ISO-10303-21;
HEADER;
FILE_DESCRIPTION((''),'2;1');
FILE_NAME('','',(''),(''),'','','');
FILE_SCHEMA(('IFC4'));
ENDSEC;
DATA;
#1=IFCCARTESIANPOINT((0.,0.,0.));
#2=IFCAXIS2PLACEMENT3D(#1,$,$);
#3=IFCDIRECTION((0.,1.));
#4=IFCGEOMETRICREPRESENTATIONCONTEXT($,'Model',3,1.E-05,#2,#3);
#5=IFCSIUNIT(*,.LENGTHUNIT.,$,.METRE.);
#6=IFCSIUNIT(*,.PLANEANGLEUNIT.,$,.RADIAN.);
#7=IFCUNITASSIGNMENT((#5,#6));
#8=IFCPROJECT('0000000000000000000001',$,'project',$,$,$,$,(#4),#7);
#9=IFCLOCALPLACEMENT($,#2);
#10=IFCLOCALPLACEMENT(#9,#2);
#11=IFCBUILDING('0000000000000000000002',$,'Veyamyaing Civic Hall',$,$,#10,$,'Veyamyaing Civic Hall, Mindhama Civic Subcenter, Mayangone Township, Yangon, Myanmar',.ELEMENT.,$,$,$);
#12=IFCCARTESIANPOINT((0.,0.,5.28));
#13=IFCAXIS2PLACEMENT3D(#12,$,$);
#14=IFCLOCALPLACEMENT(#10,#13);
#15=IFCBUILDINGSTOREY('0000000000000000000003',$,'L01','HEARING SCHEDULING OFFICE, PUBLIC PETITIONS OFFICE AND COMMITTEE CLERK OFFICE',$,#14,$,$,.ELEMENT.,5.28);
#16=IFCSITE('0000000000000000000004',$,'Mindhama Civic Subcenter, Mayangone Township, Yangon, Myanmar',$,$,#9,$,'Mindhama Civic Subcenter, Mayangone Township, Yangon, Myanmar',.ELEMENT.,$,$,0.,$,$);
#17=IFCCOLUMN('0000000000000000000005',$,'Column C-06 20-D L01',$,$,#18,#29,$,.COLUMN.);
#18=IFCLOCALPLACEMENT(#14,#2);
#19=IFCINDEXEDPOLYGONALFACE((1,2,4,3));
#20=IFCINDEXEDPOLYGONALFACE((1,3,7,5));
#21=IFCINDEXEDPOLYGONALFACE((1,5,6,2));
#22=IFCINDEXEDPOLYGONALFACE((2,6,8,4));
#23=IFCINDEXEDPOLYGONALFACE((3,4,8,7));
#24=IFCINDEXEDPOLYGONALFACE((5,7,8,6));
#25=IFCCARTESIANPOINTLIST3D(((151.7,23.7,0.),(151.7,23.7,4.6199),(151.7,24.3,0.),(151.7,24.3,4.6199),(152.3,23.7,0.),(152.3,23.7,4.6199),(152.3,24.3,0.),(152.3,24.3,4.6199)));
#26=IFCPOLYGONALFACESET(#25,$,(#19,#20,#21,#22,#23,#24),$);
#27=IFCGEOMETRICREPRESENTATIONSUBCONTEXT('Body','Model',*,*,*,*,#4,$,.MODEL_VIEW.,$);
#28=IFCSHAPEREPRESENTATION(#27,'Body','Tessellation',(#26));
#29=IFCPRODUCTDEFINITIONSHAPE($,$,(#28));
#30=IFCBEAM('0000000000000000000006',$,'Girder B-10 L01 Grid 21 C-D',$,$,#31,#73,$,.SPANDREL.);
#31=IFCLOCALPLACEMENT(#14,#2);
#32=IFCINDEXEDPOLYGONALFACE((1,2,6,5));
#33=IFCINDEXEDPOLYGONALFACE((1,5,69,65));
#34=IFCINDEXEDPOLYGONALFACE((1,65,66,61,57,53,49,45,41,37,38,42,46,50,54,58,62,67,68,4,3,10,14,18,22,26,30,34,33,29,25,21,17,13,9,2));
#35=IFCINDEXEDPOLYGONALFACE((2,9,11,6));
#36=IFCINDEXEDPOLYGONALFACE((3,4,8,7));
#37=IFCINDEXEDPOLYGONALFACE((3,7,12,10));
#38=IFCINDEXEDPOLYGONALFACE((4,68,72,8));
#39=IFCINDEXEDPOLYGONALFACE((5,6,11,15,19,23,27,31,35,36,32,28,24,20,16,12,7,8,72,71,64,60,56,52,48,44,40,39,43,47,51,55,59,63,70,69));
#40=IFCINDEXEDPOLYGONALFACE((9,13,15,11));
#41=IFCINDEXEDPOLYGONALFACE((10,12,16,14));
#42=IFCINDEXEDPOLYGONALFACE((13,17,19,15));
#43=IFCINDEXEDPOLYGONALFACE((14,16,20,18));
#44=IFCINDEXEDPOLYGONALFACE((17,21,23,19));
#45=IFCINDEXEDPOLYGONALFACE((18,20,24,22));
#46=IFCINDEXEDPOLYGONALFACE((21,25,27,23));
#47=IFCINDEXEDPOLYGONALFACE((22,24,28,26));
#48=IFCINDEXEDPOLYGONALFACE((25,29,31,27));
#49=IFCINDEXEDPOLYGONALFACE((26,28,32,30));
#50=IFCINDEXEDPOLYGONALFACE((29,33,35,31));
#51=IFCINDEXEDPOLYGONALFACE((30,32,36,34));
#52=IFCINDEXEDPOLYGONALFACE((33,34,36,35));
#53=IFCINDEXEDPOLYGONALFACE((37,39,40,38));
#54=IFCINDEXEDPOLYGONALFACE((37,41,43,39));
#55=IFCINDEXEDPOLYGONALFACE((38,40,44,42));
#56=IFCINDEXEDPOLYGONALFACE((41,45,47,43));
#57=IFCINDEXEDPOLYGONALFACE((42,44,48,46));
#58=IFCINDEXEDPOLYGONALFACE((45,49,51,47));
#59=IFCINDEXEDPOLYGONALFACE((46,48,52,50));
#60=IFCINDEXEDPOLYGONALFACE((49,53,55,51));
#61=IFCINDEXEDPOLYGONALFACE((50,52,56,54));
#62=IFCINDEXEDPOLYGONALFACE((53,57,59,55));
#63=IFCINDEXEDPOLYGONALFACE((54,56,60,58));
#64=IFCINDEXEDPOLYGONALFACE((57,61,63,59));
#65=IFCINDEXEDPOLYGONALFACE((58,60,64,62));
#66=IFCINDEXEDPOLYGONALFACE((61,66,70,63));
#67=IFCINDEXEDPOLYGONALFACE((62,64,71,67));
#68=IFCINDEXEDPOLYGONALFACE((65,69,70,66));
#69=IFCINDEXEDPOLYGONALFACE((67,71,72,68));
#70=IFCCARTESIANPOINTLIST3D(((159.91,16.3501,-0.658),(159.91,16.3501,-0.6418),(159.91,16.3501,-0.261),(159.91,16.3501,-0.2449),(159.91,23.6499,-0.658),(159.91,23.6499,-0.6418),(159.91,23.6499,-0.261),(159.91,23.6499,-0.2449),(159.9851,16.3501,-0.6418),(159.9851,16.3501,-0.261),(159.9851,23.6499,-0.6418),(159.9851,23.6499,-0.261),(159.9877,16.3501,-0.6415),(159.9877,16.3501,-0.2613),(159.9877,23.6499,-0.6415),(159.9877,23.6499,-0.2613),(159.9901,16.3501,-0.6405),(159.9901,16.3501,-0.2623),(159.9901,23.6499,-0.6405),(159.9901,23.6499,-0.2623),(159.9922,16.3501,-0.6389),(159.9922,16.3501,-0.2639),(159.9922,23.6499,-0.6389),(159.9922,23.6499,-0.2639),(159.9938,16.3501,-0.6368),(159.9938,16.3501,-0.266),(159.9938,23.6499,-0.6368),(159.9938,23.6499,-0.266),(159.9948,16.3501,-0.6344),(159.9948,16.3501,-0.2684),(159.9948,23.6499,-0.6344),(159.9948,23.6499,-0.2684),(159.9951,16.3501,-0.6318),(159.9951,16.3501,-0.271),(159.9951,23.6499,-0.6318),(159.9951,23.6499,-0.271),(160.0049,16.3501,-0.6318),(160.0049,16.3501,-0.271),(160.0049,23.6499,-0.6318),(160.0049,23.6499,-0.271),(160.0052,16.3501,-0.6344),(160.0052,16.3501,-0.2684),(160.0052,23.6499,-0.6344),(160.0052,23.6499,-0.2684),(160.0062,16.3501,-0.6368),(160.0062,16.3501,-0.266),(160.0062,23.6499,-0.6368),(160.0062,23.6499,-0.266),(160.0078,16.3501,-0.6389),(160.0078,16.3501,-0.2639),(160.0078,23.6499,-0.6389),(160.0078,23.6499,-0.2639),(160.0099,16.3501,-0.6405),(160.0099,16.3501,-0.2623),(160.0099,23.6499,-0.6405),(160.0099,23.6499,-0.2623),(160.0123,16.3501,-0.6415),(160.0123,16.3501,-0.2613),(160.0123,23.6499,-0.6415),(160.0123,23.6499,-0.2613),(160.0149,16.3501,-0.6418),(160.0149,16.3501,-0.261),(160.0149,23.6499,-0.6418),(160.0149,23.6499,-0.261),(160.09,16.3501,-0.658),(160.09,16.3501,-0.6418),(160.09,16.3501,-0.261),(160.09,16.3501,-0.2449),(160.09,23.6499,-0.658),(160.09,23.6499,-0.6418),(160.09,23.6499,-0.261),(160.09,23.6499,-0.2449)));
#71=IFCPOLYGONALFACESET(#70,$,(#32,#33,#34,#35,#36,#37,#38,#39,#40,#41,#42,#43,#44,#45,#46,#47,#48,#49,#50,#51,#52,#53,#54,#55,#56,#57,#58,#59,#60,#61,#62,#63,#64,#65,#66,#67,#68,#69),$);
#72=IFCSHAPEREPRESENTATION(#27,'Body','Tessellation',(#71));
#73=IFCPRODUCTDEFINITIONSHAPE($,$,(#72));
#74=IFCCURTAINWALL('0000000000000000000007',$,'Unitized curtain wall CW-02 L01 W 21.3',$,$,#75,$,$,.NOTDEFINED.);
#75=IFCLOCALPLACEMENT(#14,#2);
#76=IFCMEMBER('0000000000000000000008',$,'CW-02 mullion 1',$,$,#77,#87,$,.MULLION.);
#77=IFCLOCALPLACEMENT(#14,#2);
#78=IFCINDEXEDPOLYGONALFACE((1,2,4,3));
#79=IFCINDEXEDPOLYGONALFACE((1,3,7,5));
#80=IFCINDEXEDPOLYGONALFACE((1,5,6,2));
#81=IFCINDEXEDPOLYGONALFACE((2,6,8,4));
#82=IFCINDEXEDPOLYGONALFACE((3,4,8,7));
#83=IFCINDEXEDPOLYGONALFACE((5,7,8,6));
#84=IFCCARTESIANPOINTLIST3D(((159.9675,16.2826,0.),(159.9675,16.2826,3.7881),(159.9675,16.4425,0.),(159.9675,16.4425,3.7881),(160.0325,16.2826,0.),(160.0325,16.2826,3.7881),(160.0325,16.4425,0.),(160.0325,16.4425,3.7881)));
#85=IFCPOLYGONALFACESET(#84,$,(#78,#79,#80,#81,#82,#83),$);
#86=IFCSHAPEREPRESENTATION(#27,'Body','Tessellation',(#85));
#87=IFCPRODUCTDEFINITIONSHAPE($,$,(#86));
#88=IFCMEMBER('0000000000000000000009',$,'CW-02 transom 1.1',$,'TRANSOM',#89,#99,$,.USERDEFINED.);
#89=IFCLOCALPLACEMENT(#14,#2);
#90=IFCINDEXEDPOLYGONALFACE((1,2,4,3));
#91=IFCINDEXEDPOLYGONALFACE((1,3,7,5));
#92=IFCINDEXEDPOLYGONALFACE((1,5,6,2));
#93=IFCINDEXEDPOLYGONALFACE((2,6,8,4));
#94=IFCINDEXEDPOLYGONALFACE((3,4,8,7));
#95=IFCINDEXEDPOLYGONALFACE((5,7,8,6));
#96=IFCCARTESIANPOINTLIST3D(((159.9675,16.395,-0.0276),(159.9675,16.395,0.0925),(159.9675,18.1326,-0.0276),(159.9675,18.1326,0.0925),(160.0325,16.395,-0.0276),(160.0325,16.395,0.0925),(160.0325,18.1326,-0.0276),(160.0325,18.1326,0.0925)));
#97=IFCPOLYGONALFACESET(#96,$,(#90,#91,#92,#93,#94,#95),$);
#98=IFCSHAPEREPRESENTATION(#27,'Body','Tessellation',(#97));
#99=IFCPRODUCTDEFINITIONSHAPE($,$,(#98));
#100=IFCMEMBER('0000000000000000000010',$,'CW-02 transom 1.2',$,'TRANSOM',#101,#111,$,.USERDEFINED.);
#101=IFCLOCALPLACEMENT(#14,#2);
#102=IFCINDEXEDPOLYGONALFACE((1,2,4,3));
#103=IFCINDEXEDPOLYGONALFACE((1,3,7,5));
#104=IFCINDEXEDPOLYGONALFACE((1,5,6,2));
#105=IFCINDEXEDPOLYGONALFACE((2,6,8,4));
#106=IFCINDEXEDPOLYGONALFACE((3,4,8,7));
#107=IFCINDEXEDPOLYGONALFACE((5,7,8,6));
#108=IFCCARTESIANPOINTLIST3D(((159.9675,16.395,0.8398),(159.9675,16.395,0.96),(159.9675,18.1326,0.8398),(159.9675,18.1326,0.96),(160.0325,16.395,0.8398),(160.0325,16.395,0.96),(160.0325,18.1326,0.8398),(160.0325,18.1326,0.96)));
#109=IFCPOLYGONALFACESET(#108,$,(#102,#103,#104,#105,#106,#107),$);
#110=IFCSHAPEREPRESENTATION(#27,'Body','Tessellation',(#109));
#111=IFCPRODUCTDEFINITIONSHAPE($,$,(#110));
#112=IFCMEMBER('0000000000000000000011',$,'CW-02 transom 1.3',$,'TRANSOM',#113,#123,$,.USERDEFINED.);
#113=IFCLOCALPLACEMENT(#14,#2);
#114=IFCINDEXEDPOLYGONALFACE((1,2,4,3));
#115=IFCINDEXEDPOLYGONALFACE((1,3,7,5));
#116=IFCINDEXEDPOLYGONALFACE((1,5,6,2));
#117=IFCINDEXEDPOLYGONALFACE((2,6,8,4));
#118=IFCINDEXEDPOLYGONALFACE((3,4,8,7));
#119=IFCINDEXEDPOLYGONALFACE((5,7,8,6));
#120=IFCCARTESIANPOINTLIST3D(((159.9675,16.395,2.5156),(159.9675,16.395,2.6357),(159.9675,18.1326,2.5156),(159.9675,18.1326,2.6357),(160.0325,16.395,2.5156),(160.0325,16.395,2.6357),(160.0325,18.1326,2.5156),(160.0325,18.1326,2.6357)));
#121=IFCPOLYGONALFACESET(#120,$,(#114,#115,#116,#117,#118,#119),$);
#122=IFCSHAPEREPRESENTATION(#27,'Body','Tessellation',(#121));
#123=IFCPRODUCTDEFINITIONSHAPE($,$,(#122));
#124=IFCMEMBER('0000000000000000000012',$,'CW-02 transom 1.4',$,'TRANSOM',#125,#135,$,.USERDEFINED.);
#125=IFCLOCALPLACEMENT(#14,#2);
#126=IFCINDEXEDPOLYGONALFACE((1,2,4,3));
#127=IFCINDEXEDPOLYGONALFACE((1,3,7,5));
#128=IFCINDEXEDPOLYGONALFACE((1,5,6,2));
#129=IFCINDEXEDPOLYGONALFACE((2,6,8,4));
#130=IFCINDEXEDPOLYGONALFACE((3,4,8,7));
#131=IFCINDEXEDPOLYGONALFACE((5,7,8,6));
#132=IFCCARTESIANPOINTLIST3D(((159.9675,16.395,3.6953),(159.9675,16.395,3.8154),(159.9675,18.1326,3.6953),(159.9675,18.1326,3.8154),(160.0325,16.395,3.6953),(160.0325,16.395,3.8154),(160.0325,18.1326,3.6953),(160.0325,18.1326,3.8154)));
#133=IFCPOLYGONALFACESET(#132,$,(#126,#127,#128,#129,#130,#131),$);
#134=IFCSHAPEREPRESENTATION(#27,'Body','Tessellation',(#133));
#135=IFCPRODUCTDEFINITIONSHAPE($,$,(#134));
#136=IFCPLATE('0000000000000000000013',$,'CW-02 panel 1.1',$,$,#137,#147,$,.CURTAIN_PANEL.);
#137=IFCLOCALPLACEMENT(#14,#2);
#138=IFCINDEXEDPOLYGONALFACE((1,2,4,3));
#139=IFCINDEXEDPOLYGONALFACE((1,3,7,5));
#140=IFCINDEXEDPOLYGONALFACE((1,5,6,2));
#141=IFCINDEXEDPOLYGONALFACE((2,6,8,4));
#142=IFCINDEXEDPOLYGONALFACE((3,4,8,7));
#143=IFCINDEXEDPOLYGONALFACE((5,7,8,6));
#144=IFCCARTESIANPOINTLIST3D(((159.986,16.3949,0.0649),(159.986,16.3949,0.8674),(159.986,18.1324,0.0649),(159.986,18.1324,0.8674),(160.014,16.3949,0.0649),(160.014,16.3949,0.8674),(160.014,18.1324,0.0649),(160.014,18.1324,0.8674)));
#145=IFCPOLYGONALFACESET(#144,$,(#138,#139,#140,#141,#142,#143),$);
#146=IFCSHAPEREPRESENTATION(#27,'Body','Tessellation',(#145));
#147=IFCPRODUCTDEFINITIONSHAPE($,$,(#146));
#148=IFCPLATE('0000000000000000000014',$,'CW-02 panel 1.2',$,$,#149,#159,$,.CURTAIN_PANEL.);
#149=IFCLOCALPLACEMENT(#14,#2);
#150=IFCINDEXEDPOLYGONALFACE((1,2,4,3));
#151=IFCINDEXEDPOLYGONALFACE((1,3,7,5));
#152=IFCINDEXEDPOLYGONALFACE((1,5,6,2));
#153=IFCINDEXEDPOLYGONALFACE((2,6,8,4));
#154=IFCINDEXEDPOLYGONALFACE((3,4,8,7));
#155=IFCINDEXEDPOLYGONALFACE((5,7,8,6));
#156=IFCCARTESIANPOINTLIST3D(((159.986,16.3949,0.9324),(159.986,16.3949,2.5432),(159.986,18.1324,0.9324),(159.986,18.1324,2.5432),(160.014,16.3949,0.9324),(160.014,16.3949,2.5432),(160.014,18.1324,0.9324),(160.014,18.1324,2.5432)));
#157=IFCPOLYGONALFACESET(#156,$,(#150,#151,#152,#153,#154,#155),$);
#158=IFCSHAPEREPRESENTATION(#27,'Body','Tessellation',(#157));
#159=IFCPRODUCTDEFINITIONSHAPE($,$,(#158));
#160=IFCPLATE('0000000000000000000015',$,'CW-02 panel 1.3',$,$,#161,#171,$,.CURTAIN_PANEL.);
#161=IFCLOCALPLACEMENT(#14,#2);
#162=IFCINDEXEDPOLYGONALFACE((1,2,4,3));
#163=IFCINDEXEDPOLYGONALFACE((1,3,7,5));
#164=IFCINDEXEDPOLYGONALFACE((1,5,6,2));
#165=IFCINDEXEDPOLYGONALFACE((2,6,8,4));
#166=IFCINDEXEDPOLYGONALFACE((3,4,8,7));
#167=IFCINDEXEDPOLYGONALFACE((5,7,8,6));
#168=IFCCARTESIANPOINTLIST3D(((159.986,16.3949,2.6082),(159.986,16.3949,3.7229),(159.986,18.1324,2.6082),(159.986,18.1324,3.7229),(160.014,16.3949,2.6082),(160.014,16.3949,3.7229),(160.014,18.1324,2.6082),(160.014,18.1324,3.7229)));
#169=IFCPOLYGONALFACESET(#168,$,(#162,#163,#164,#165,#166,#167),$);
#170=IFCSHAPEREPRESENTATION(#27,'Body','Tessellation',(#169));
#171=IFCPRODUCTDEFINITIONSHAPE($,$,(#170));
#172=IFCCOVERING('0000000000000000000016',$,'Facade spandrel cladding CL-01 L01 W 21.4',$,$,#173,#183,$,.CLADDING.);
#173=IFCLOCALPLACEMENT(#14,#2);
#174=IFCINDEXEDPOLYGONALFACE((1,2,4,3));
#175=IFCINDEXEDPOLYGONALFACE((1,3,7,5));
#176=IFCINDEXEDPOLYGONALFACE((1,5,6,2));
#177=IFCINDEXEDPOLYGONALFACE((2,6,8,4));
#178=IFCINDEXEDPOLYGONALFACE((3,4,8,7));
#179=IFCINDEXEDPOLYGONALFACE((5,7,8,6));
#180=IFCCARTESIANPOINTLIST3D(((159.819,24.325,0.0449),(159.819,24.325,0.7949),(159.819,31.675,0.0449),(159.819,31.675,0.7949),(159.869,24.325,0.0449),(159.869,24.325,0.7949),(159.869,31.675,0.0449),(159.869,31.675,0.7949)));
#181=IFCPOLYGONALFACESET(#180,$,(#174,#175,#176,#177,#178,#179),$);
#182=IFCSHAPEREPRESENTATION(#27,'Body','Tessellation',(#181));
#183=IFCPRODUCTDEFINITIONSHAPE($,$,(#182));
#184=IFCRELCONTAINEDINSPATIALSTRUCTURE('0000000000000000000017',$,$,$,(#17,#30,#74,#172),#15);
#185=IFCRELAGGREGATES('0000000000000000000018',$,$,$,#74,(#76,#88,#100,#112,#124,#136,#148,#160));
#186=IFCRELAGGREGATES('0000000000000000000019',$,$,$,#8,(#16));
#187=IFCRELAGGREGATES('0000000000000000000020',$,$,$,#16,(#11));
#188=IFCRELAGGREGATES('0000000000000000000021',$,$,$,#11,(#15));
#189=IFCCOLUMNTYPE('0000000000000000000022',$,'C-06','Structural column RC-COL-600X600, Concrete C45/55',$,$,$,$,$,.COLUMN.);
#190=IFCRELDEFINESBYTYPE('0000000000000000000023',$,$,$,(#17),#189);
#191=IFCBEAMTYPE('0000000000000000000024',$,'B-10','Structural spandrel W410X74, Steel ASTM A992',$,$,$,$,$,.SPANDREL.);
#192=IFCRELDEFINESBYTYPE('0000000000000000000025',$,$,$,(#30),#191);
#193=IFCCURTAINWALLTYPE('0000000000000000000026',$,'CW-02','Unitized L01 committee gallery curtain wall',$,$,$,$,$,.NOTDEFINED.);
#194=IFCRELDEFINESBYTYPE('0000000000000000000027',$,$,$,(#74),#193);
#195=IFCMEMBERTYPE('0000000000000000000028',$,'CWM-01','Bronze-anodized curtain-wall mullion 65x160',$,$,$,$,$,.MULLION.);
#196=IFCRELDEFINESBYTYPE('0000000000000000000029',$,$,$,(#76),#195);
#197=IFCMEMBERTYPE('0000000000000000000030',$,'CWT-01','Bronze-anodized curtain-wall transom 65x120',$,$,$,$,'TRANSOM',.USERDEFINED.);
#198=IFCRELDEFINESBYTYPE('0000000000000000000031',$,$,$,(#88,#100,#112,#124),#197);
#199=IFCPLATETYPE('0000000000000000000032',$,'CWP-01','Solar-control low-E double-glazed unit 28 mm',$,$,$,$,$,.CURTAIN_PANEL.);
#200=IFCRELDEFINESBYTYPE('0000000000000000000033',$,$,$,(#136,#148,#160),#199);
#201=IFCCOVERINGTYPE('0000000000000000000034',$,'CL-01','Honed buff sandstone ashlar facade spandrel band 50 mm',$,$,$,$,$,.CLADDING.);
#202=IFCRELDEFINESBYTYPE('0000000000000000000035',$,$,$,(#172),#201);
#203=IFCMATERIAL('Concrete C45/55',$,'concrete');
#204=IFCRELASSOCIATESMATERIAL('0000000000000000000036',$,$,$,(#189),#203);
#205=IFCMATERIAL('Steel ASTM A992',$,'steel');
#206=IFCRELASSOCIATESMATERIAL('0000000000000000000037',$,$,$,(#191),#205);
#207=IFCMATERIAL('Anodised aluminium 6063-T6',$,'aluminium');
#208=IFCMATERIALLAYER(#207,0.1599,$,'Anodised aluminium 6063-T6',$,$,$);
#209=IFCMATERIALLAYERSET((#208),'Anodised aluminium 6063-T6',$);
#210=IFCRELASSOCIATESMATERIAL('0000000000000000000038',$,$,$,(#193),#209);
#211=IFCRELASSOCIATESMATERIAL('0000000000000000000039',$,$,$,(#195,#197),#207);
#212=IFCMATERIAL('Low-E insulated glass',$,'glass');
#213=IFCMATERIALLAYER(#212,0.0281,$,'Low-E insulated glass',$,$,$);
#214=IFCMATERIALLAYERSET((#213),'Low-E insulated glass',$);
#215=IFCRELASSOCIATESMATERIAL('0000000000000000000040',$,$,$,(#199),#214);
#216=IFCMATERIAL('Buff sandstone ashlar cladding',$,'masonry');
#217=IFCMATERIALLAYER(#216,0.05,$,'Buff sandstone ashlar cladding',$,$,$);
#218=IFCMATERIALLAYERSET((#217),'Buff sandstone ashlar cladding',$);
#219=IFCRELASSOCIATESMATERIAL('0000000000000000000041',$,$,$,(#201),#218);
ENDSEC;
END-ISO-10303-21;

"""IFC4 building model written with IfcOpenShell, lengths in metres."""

from ifc_helpers import new_model, si_unit, direction, frame, origin, origin_2d, place, context, subcontext, project, spatial, rectangle, i_section, extrude, material, layer, layer_set, material_profile, profile_set, type_object, element, aggregate, save


model = new_model("IFC4")

# Units and contexts
model_context = context("Model", 3, precision=1e-05, world=origin(), true_north=direction((0.0, 1.0)))
body_context = subcontext(model_context, "Body", "Model", "MODEL_VIEW")
ifc_project = project(units=[si_unit("LENGTHUNIT", "METRE"), si_unit("PLANEANGLEUNIT", "RADIAN")], contexts=[model_context])

# Site, building, storey
site_placement = place(None, origin())
site = spatial("IfcSite", under=ifc_project, at=site_placement, Name="Mindhama Civic Subcenter, Mayangone Township, Yangon, Myanmar", LongName="Mindhama Civic Subcenter, Mayangone Township, Yangon, Myanmar", CompositionType="ELEMENT", RefElevation=0.0)
building_placement = place(site_placement, origin())
building = spatial("IfcBuilding", under=site, at=building_placement, Name="Veyamyaing Civic Hall", LongName="Veyamyaing Civic Hall, Mindhama Civic Subcenter, Mayangone Township, Yangon, Myanmar", CompositionType="ELEMENT")
storey_placement = place(building_placement, frame((0.0, 0.0, 5.28)))
storey = spatial("IfcBuildingStorey", under=building, at=storey_placement, Name="L01", Description="HEARING SCHEDULING OFFICE, PUBLIC PETITIONS OFFICE AND COMMITTEE CLERK OFFICE", CompositionType="ELEMENT", Elevation=5.28)

# Column
ifc_material_1 = material(Name="Concrete C45/55", Category="concrete")
ifc_material_profile_1 = material_profile(ifc_material_1, rectangle(XDim=0.6001, YDim=0.6001, at=origin_2d()), Name="RC-COL-600X600")
ifc_profile_set_1 = profile_set([ifc_material_profile_1], Name="Concrete C45/55")
column_type = type_object("IfcColumnType", Name="C-06", Description="Structural column RC-COL-600X600, Concrete C45/55", PredefinedType="COLUMN", material=ifc_profile_set_1)
column_placement = place(storey_placement, frame((152.0, 24.0, 0.0), z_axis=(0.0, 0.0, 1.0), x_axis=(1.0, 0.0, 0.0)))
element("IfcColumn", 1, at=column_placement, inside=storey, type_object=column_type, Name="Column C-06 20-D L01", PredefinedType="COLUMN", context=body_context, shape_type="SweptSolid", body=[
    extrude(rectangle(XDim=0.6001, YDim=0.6001, at=origin_2d()), origin(), (0.0, 0.0, 1.0), 4.6199),
])

# Beam
ifc_material_2 = material(Name="Steel ASTM A992", Category="steel")
ifc_material_profile_2 = material_profile(ifc_material_2, i_section(OverallWidth=0.1799, OverallDepth=0.4131, WebThickness=0.0098, FlangeThickness=0.0161, FilletRadius=0.01, at=origin_2d()), Name="W410X74")
ifc_profile_set_2 = profile_set([ifc_material_profile_2], Name="Steel ASTM A992")
beam_type = type_object("IfcBeamType", Name="B-10", Description="Structural spandrel W410X74, Steel ASTM A992", PredefinedType="SPANDREL", material=ifc_profile_set_2)
beam_placement = place(storey_placement, frame((160.0, 16.3501, -0.4514), z_axis=(0.0, 1.0, 0.0), x_axis=(-1.0, 0.0, 0.0)))
element("IfcBeam", 2, at=beam_placement, inside=storey, type_object=beam_type, Name="Girder B-10 L01 Grid 21 C-D", PredefinedType="SPANDREL", context=body_context, shape_type="SweptSolid", body=[
    extrude(i_section(OverallWidth=0.1799, OverallDepth=0.4131, WebThickness=0.0098, FlangeThickness=0.0161, FilletRadius=0.01, at=origin_2d()), origin(), (0.0, 0.0, 1.0), 7.2998),
])

# Curtain wall, members, plates
ifc_material_3 = material(Name="Anodised aluminium 6063-T6", Category="aluminium")
ifc_layer_1 = layer(ifc_material_3, 0.1599, Name="Anodised aluminium 6063-T6")
ifc_layer_set_1 = layer_set([ifc_layer_1], Name="Anodised aluminium 6063-T6")
curtain_wall_type = type_object("IfcCurtainWallType", Name="CW-02", Description="Unitized L01 committee gallery curtain wall", PredefinedType="NOTDEFINED", material=ifc_layer_set_1)
curtain_wall_placement = place(storey_placement, origin())
curtain_wall = element("IfcCurtainWall", 3, at=curtain_wall_placement, inside=storey, type_object=curtain_wall_type, Name="Unitized curtain wall CW-02 L01 W 21.3", PredefinedType="NOTDEFINED")
ifc_material_profile_3 = material_profile(ifc_material_3, rectangle(XDim=0.0649, YDim=0.1599, at=origin_2d()), Name="ALU-MUL-65X160")
ifc_profile_set_3 = profile_set([ifc_material_profile_3], Name="Anodised aluminium 6063-T6")
member_type_1 = type_object("IfcMemberType", Name="CWM-01", Description="Bronze-anodized curtain-wall mullion 65x160", PredefinedType="MULLION", material=ifc_profile_set_3)
member_1_placement = place(storey_placement, frame((160.0, 16.3625, 0.0), z_axis=(0.0, 0.0, 1.0), x_axis=(-1.0, 0.0, 0.0)))
member_1 = element("IfcMember", 4, at=member_1_placement, type_object=member_type_1, Name="CW-02 mullion 1", PredefinedType="MULLION", context=body_context, shape_type="SweptSolid", body=[
    extrude(rectangle(XDim=0.0649, YDim=0.1599, at=origin_2d()), origin(), (0.0, 0.0, 1.0), 3.7881),
])
ifc_material_profile_4 = material_profile(ifc_material_3, rectangle(XDim=0.0649, YDim=0.1201, at=origin_2d()), Name="ALU-TRN-65X120")
ifc_profile_set_4 = profile_set([ifc_material_profile_4], Name="Anodised aluminium 6063-T6")
member_type_2 = type_object("IfcMemberType", Name="CWT-01", Description="Bronze-anodized curtain-wall transom 65x120", ElementType="TRANSOM", PredefinedType="USERDEFINED", material=ifc_profile_set_4)
member_2_placement = place(storey_placement, frame((160.0, 16.395, 0.0325), z_axis=(0.0, 1.0, 0.0), x_axis=(-1.0, 0.0, 0.0)))
member_2 = element("IfcMember", 5, at=member_2_placement, type_object=member_type_2, Name="CW-02 transom 1.1", ObjectType="TRANSOM", PredefinedType="USERDEFINED", context=body_context, shape_type="SweptSolid", body=[
    extrude(rectangle(XDim=0.0649, YDim=0.1201, at=origin_2d()), origin(), (0.0, 0.0, 1.0), 1.7375),
])
member_3_placement = place(storey_placement, frame((160.0, 16.395, 0.8999), z_axis=(0.0, 1.0, 0.0), x_axis=(-1.0, 0.0, 0.0)))
member_3 = element("IfcMember", 6, at=member_3_placement, type_object=member_type_2, Name="CW-02 transom 1.2", ObjectType="TRANSOM", PredefinedType="USERDEFINED", context=body_context, shape_type="SweptSolid", body=[
    extrude(rectangle(XDim=0.0649, YDim=0.1201, at=origin_2d()), origin(), (0.0, 0.0, 1.0), 1.7375),
])
member_4_placement = place(storey_placement, frame((160.0, 16.395, 2.5757), z_axis=(0.0, 1.0, 0.0), x_axis=(-1.0, 0.0, 0.0)))
member_4 = element("IfcMember", 7, at=member_4_placement, type_object=member_type_2, Name="CW-02 transom 1.3", ObjectType="TRANSOM", PredefinedType="USERDEFINED", context=body_context, shape_type="SweptSolid", body=[
    extrude(rectangle(XDim=0.0649, YDim=0.1201, at=origin_2d()), origin(), (0.0, 0.0, 1.0), 1.7375),
])
member_5_placement = place(storey_placement, frame((160.0, 16.395, 3.7554), z_axis=(0.0, 1.0, 0.0), x_axis=(-1.0, 0.0, 0.0)))
member_5 = element("IfcMember", 8, at=member_5_placement, type_object=member_type_2, Name="CW-02 transom 1.4", ObjectType="TRANSOM", PredefinedType="USERDEFINED", context=body_context, shape_type="SweptSolid", body=[
    extrude(rectangle(XDim=0.0649, YDim=0.1201, at=origin_2d()), origin(), (0.0, 0.0, 1.0), 1.7375),
])
ifc_material_4 = material(Name="Low-E insulated glass", Category="glass")
ifc_layer_2 = layer(ifc_material_4, 0.0281, Name="Low-E insulated glass")
ifc_layer_set_2 = layer_set([ifc_layer_2], Name="Low-E insulated glass")
plate_type = type_object("IfcPlateType", Name="CWP-01", Description="Solar-control low-E double-glazed unit 28 mm", PredefinedType="CURTAIN_PANEL", material=ifc_layer_set_2)
plate_1_placement = place(storey_placement, frame((160.0, 17.2637, 0.0649), z_axis=(0.0, 0.0, 1.0), x_axis=(0.0, 1.0, 0.0)))
plate_1 = element("IfcPlate", 9, at=plate_1_placement, type_object=plate_type, Name="CW-02 panel 1.1", PredefinedType="CURTAIN_PANEL", context=body_context, shape_type="SweptSolid", body=[
    extrude(rectangle(XDim=1.7375, YDim=0.0281, at=origin_2d()), origin(), (0.0, 0.0, 1.0), 0.8025),
])
plate_2_placement = place(storey_placement, frame((160.0, 17.2637, 0.9324), z_axis=(0.0, 0.0, 1.0), x_axis=(0.0, 1.0, 0.0)))
plate_2 = element("IfcPlate", 10, at=plate_2_placement, type_object=plate_type, Name="CW-02 panel 1.2", PredefinedType="CURTAIN_PANEL", context=body_context, shape_type="SweptSolid", body=[
    extrude(rectangle(XDim=1.7375, YDim=0.0281, at=origin_2d()), origin(), (0.0, 0.0, 1.0), 1.6108),
])
plate_3_placement = place(storey_placement, frame((160.0, 17.2637, 2.6082), z_axis=(0.0, 0.0, 1.0), x_axis=(0.0, 1.0, 0.0)))
plate_3 = element("IfcPlate", 11, at=plate_3_placement, type_object=plate_type, Name="CW-02 panel 1.3", PredefinedType="CURTAIN_PANEL", context=body_context, shape_type="SweptSolid", body=[
    extrude(rectangle(XDim=1.7375, YDim=0.0281, at=origin_2d()), origin(), (0.0, 0.0, 1.0), 1.1147),
])
aggregate(curtain_wall, [member_1, member_2, member_3, member_4, member_5, plate_1, plate_2, plate_3])

# Covering
ifc_material_5 = material(Name="Buff sandstone ashlar cladding", Category="masonry")
ifc_layer_3 = layer(ifc_material_5, 0.05, Name="Buff sandstone ashlar cladding")
ifc_layer_set_3 = layer_set([ifc_layer_3], Name="Buff sandstone ashlar cladding")
covering_type_1 = type_object("IfcCoveringType", Name="CL-01", Description="Honed buff sandstone ashlar facade spandrel band 50 mm", PredefinedType="CLADDING", material=ifc_layer_set_3)
covering_placement = place(storey_placement, frame((159.844, 28.0, 0.0449), z_axis=(0.0, 0.0, 1.0), x_axis=(0.0, 1.0, 0.0)))
element("IfcCovering", 12, at=covering_placement, inside=storey, type_object=covering_type_1, Name="Facade spandrel cladding CL-01 L01 W 21.4", PredefinedType="CLADDING", context=body_context, shape_type="SweptSolid", body=[
    extrude(rectangle(XDim=7.3501, YDim=0.05, at=origin_2d()), origin(), (0.0, 0.0, 1.0), 0.75),
])

save(model, "model.ifc")
